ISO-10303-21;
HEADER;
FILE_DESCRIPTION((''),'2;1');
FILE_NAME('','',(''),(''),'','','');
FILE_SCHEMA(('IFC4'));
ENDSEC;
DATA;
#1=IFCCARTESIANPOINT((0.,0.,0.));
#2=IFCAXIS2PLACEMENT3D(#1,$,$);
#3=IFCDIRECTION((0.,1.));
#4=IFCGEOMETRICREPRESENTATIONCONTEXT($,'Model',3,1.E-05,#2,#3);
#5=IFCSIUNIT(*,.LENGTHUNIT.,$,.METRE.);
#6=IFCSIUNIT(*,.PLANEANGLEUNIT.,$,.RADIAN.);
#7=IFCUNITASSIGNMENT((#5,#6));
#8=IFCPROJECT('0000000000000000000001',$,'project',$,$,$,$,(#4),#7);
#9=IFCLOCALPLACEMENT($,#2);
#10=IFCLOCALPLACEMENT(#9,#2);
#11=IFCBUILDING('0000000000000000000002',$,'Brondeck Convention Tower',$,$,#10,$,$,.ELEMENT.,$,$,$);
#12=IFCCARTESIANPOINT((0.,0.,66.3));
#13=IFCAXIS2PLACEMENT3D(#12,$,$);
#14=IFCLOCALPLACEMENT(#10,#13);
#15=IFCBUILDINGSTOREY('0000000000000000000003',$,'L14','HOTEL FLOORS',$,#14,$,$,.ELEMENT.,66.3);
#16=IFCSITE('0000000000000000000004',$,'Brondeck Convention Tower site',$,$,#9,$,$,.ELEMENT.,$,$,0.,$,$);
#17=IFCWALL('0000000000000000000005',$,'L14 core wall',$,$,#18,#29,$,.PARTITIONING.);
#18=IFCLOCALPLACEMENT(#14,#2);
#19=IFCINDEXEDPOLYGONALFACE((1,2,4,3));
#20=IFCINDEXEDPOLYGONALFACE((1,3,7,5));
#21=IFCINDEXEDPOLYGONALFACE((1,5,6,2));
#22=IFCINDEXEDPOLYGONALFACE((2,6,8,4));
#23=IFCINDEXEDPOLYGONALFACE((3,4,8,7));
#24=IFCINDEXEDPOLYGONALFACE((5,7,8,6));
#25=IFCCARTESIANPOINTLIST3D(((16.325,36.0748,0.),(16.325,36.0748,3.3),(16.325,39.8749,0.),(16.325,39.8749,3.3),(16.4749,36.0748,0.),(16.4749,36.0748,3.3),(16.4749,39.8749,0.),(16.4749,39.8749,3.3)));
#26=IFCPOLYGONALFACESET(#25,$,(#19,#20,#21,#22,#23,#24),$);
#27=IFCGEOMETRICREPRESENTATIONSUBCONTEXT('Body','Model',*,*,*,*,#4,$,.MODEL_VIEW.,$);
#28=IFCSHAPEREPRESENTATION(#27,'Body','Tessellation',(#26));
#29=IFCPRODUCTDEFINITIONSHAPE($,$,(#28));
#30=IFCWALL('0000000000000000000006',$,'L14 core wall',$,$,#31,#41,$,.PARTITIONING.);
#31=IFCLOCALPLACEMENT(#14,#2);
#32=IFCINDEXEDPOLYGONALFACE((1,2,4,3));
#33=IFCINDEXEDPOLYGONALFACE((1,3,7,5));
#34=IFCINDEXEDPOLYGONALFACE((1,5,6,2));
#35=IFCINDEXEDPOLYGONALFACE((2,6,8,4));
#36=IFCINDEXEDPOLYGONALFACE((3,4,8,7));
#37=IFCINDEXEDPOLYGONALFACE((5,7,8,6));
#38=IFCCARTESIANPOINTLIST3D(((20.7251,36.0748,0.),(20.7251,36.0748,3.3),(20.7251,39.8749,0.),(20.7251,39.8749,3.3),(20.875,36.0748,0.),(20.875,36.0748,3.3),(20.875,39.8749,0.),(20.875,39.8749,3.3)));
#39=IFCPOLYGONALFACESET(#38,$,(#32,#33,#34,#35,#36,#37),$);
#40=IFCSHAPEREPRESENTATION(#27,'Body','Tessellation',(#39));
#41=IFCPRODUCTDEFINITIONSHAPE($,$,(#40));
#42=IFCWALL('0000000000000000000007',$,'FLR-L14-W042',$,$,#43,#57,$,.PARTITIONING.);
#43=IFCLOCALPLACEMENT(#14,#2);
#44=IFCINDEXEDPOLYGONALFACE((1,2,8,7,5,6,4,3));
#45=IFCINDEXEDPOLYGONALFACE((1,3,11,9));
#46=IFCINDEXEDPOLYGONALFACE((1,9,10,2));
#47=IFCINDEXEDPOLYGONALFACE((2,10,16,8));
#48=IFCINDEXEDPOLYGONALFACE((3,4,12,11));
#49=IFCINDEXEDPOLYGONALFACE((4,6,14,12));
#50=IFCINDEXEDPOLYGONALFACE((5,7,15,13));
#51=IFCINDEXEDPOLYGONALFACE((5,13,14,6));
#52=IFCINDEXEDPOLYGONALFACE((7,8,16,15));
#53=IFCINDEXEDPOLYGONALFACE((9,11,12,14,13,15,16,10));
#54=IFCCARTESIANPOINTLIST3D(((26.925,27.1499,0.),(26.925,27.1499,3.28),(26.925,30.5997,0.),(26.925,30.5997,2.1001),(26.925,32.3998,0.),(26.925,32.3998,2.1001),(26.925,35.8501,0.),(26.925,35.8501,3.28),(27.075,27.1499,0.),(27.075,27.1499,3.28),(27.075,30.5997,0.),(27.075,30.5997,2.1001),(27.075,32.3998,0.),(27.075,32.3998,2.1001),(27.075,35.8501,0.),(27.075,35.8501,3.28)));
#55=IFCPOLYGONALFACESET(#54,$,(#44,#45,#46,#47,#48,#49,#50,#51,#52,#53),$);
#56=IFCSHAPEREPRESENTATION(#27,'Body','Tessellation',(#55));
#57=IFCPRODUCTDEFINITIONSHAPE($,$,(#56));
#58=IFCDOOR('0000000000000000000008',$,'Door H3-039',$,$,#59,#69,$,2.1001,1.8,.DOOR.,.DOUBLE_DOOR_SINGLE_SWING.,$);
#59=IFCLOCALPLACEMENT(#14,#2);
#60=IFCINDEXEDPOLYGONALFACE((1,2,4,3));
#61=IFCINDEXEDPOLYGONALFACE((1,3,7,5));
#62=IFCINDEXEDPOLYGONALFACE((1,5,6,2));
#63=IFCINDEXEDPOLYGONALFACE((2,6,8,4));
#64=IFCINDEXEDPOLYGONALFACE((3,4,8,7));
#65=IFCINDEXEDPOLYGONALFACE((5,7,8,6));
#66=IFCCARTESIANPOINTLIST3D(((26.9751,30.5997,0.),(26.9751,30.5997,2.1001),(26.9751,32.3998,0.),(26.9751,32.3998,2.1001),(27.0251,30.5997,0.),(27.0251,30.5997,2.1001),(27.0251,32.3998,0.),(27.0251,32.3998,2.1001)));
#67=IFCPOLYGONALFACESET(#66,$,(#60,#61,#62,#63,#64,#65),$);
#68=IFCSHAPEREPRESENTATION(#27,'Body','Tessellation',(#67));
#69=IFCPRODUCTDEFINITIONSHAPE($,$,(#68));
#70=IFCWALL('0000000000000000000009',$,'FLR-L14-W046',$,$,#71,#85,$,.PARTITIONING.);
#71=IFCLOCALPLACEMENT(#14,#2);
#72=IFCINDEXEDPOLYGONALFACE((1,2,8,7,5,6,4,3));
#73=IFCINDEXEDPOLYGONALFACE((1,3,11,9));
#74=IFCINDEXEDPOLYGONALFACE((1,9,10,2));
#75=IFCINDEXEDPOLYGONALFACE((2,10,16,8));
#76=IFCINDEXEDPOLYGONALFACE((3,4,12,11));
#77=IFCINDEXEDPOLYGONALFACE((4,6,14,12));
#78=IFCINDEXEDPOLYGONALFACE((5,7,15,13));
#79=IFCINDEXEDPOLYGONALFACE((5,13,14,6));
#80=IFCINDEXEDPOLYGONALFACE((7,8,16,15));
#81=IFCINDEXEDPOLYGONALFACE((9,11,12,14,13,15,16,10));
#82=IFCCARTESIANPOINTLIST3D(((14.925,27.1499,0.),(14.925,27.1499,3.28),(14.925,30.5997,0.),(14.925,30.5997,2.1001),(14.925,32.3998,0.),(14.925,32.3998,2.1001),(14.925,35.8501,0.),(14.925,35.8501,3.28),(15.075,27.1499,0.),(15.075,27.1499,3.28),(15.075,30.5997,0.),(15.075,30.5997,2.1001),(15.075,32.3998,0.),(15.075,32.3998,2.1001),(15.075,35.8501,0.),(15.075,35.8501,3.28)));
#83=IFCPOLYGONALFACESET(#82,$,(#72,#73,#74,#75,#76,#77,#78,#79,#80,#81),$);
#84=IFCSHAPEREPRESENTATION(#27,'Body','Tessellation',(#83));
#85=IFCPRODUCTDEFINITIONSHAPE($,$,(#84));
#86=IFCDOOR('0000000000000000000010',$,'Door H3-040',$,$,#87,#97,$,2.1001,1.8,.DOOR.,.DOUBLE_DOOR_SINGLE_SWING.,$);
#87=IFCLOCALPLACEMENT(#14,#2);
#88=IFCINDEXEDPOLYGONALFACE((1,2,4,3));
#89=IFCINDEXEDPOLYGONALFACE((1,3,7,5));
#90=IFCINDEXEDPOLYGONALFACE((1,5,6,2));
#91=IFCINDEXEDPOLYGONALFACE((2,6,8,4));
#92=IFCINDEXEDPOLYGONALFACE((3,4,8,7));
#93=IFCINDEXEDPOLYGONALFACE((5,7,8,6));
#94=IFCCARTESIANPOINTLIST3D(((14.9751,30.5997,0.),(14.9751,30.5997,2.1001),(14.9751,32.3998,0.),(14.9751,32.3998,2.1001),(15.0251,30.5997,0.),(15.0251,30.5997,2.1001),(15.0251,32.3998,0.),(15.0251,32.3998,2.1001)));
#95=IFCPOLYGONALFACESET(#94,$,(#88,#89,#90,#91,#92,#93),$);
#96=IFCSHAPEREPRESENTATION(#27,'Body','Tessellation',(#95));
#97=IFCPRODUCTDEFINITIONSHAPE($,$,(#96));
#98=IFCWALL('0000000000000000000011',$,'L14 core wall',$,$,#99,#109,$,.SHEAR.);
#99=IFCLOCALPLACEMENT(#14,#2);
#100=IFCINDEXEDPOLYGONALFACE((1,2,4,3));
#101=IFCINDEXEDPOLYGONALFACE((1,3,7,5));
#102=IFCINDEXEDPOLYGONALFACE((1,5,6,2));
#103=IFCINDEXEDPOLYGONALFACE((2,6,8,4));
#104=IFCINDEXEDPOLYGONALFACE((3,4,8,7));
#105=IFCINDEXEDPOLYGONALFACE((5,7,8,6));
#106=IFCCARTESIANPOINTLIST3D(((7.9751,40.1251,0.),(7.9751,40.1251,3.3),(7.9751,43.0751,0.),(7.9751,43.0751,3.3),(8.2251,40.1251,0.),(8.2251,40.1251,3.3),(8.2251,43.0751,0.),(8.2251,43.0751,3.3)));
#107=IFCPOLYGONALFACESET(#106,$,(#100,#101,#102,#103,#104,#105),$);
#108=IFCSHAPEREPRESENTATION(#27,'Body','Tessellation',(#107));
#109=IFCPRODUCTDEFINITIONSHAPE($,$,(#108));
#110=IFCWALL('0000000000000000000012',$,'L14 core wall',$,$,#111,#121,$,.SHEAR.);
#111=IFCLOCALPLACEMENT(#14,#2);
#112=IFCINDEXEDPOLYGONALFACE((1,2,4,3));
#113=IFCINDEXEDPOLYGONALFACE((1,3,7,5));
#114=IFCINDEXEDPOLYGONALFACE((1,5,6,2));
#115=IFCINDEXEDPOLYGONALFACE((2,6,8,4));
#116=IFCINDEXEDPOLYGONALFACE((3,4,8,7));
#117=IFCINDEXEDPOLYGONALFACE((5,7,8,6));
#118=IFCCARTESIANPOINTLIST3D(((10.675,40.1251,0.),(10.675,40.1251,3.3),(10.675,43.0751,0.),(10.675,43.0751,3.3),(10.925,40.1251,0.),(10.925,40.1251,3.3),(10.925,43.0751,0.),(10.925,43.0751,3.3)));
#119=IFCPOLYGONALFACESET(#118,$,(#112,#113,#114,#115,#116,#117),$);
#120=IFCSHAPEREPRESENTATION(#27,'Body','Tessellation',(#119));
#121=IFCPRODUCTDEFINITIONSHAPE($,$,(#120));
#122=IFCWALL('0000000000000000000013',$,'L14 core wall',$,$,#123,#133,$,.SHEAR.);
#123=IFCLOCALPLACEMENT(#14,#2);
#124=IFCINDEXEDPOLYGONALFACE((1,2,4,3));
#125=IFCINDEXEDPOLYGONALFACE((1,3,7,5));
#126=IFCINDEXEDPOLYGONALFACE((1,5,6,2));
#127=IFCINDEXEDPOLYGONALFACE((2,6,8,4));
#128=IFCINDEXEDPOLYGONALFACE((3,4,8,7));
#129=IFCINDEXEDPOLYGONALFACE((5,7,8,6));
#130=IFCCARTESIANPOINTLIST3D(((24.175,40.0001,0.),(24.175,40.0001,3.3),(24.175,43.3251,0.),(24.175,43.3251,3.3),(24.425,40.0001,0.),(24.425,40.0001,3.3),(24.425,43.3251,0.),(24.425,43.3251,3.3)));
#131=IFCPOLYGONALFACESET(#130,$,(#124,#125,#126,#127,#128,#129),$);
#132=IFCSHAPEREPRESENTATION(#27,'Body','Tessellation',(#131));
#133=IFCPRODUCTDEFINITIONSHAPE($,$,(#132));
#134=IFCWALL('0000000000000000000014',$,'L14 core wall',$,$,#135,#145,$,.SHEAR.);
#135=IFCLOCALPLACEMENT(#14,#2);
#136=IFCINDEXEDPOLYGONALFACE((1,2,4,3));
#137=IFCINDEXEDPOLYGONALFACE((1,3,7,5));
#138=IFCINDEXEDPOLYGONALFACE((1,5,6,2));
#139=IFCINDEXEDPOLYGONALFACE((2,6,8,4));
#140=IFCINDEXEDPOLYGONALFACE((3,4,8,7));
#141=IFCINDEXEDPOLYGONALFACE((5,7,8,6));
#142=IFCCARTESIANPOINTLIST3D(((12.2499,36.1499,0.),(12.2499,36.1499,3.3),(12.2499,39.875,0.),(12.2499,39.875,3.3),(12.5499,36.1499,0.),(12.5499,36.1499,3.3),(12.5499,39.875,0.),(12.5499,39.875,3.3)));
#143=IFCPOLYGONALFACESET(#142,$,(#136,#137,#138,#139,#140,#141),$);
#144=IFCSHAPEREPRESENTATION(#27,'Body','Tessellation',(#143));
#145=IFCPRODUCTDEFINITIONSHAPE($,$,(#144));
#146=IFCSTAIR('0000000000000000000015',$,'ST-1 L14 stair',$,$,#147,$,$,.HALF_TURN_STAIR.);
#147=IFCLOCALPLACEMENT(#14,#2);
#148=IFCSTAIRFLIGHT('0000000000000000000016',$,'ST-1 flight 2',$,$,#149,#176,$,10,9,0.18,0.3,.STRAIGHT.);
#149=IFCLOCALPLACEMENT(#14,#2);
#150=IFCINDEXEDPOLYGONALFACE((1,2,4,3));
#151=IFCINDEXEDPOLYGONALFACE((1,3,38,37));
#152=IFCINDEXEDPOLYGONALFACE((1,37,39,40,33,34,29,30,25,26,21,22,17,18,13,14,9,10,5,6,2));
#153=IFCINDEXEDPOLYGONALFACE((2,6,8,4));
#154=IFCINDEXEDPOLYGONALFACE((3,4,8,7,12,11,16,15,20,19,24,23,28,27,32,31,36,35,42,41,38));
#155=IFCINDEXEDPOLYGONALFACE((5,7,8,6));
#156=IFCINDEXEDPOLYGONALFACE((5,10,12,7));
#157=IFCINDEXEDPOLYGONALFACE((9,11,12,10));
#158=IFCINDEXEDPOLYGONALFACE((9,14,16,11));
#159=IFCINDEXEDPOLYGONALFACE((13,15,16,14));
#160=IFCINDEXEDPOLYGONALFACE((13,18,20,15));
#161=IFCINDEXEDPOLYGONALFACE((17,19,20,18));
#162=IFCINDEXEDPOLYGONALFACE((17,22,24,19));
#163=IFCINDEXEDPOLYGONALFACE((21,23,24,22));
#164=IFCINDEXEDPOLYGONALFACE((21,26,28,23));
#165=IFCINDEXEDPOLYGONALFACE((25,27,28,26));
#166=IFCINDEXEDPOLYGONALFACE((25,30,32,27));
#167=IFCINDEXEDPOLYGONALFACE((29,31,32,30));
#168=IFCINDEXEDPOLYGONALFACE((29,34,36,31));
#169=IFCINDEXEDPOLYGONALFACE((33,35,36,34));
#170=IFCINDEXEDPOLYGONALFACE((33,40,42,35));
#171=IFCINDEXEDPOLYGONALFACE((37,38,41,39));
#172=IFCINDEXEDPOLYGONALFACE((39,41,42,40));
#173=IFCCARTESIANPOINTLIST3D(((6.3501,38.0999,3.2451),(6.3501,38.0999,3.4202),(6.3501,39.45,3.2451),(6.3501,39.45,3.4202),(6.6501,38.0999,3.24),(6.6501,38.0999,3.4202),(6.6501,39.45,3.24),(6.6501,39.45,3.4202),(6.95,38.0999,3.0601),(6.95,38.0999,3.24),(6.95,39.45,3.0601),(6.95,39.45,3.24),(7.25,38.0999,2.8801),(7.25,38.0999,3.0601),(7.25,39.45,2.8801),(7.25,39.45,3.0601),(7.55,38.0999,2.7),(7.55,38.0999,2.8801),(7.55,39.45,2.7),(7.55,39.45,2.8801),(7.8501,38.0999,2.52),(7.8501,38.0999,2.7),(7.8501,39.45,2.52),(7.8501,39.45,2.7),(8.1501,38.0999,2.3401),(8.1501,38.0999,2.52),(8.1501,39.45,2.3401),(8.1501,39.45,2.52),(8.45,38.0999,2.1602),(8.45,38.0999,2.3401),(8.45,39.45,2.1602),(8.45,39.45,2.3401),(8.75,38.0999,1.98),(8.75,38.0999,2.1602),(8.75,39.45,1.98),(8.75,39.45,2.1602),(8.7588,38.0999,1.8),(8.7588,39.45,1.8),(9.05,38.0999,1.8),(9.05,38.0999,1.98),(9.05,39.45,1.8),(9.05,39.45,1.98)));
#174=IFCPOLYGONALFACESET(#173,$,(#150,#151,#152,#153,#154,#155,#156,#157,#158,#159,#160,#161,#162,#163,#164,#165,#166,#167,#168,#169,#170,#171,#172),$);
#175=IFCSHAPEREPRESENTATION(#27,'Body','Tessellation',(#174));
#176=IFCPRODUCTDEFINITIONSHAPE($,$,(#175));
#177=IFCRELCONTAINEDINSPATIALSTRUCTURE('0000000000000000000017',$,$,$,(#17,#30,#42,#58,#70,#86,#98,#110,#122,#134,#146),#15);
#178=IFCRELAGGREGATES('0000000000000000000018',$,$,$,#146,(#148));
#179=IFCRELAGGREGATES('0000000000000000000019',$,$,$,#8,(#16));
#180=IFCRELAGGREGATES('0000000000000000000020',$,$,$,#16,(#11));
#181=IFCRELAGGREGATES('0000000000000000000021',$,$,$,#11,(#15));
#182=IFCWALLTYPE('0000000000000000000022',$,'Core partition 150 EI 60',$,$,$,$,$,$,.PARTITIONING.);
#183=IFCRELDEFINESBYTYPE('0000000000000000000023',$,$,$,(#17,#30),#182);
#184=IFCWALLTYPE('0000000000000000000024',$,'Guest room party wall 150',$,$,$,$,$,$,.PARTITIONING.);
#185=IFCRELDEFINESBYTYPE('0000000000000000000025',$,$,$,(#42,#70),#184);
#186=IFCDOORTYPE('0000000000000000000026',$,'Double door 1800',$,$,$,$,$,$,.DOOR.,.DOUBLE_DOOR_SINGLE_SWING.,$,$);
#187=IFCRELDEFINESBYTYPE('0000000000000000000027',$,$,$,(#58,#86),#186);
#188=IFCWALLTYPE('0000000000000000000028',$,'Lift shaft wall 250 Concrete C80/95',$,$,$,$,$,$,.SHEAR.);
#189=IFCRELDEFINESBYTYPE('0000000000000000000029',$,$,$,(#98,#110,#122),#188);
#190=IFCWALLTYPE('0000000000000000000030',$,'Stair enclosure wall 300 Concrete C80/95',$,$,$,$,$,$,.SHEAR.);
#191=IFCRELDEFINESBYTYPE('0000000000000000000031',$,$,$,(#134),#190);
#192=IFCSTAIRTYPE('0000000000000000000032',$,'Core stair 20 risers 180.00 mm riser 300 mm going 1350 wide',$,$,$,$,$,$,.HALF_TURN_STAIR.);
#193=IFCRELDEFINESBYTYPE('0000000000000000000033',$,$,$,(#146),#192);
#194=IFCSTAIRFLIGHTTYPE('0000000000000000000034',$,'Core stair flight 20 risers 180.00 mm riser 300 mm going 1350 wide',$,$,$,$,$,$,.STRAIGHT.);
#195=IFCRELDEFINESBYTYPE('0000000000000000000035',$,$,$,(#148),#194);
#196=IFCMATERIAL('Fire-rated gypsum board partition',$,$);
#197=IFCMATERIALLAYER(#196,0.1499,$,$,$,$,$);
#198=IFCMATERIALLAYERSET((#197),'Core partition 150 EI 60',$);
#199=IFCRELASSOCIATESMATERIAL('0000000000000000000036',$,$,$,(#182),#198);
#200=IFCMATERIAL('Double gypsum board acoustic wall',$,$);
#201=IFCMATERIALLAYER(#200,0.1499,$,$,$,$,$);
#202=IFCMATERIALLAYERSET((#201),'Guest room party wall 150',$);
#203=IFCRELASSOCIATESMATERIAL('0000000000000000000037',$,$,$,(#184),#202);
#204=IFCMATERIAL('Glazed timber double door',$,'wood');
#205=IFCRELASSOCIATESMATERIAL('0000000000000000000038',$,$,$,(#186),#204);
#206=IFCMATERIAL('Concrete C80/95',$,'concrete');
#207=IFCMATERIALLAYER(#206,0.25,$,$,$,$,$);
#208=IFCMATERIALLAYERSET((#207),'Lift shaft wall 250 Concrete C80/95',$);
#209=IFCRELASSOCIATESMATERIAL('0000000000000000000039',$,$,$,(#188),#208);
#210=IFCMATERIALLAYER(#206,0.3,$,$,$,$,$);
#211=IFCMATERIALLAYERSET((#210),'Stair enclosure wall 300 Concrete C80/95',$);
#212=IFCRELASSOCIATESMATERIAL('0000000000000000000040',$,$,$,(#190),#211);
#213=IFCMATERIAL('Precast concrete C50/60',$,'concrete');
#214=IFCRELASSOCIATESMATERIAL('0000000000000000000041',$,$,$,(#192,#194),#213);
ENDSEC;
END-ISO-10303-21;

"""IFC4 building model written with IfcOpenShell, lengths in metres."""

from ifc_helpers import new_model, si_unit, direction, frame, frame_2d, origin, place, context, subcontext, project, spatial, polyline, rectangle, outline, extrude, material, layer, layer_set, type_object, element, fill, aggregate, save


model = new_model("IFC4")

# Units and contexts
model_context = context("Model", 3, precision=1e-05, world=origin(), true_north=direction((0.0, 1.0)))
body_context = subcontext(model_context, "Body", "Model", "MODEL_VIEW")
ifc_project = project(units=[si_unit("LENGTHUNIT", "METRE"), si_unit("PLANEANGLEUNIT", "RADIAN")], contexts=[model_context])

# Site, building, storey
site_placement = place(None, origin())
site = spatial("IfcSite", under=ifc_project, at=site_placement, Name="Brondeck Convention Tower site", CompositionType="ELEMENT", RefElevation=0.0)
building_placement = place(site_placement, origin())
building = spatial("IfcBuilding", under=site, at=building_placement, Name="Brondeck Convention Tower", CompositionType="ELEMENT")
storey_placement = place(building_placement, frame((0.0, 0.0, 66.3)))
storey = spatial("IfcBuildingStorey", under=building, at=storey_placement, Name="L14", Description="HOTEL FLOORS", CompositionType="ELEMENT", Elevation=66.3)

# Shared definitions
ifc_material_1 = material(Name="Concrete C80/95", Category="concrete")

# Walls
ifc_material_2 = material(Name="Fire-rated gypsum board partition")
ifc_layer_1 = layer(ifc_material_2, 0.1499)
ifc_layer_set_1 = layer_set([ifc_layer_1], Name="Core partition 150 EI 60")
wall_type_1 = type_object("IfcWallType", Name="Core partition 150 EI 60", PredefinedType="PARTITIONING", material=ifc_layer_set_1)
for number, where, z_axis, x_axis, name in (
    (1, (16.3999, 36.075, 0.0), (0.0, 0.0, 1.0), (0.0, 1.0, 0.0), "L14 core wall"),
    (2, (20.8, 36.075, 0.0), (0.0, 0.0, 1.0), (0.0, 1.0, 0.0), "L14 core wall"),
):
    element("IfcWall", number, at=place(storey_placement, frame(where, z_axis=z_axis, x_axis=x_axis)), inside=storey, type_object=wall_type_1, Name=name, PredefinedType="PARTITIONING", context=body_context, shape_type="SweptSolid", body=[
        extrude(rectangle(XDim=3.8, YDim=0.1499, at=frame_2d((1.8999, 0.0))), origin(), (0.0, 0.0, 1.0), 3.3),
    ])

# Walls, openings, doors
ifc_material_3 = material(Name="Double gypsum board acoustic wall")
ifc_layer_2 = layer(ifc_material_3, 0.1499)
ifc_layer_set_2 = layer_set([ifc_layer_2], Name="Guest room party wall 150")
wall_type_2 = type_object("IfcWallType", Name="Guest room party wall 150", PredefinedType="PARTITIONING", material=ifc_layer_set_2)
wall_1_placement = place(storey_placement, frame((27.0, 27.1499, 0.0), z_axis=(0.0, 0.0, 1.0), x_axis=(0.0, 1.0, 0.0)))
wall_1 = element("IfcWall", 3, at=wall_1_placement, inside=storey, type_object=wall_type_2, Name="FLR-L14-W042", PredefinedType="PARTITIONING", context=body_context, shape_type="SweptSolid", body=[
    extrude(rectangle(XDim=8.7002, YDim=0.1499, at=frame_2d((4.3501, 0.0))), origin(), (0.0, 0.0, 1.0), 3.28),
])
opening_1_placement = place(wall_1_placement, frame((3.45, 0.0, 0.0)))
opening_1 = element("IfcOpeningElement", 4, at=opening_1_placement, cuts=wall_1, PredefinedType="OPENING", context=body_context, shape_type="SweptSolid", body=[
    extrude(rectangle(XDim=1.8, YDim=2.1001, at=frame_2d((0.8999, 1.05))), frame((0.0, 0.085, 0.0), z_axis=(0.0, -1.0, 0.0), x_axis=(1.0, 0.0, 0.0)), (0.0, 0.0, 1.0), 0.1699),
])
ifc_material_4 = material(Name="Glazed timber double door", Category="wood")
door_type_1 = type_object("IfcDoorType", Name="Double door 1800", OperationType="DOUBLE_DOOR_SINGLE_SWING", PredefinedType="DOOR", material=ifc_material_4)
door_1_placement = place(opening_1_placement, origin())
door_1 = element("IfcDoor", 5, at=door_1_placement, inside=storey, type_object=door_type_1, Name="Door H3-039", OperationType="DOUBLE_DOOR_SINGLE_SWING", OverallHeight=2.1001, OverallWidth=1.8, PredefinedType="DOOR", context=body_context, shape_type="SweptSolid", body=[
    extrude(rectangle(XDim=1.8, YDim=2.1001, at=frame_2d((0.8999, 1.05))), frame((0.0, 0.0249, 0.0), z_axis=(0.0, -1.0, 0.0), x_axis=(1.0, 0.0, 0.0)), (0.0, 0.0, 1.0), 0.05),
])
fill(opening_1, door_1)
wall_2_placement = place(storey_placement, frame((15.0, 27.1499, 0.0), z_axis=(0.0, 0.0, 1.0), x_axis=(0.0, 1.0, 0.0)))
wall_2 = element("IfcWall", 6, at=wall_2_placement, inside=storey, type_object=wall_type_2, Name="FLR-L14-W046", PredefinedType="PARTITIONING", context=body_context, shape_type="SweptSolid", body=[
    extrude(rectangle(XDim=8.7002, YDim=0.1499, at=frame_2d((4.3501, 0.0))), origin(), (0.0, 0.0, 1.0), 3.28),
])
opening_2_placement = place(wall_2_placement, frame((3.45, 0.0, 0.0)))
opening_2 = element("IfcOpeningElement", 7, at=opening_2_placement, cuts=wall_2, PredefinedType="OPENING", context=body_context, shape_type="SweptSolid", body=[
    extrude(rectangle(XDim=1.8, YDim=2.1001, at=frame_2d((0.8999, 1.05))), frame((0.0, 0.085, 0.0), z_axis=(0.0, -1.0, 0.0), x_axis=(1.0, 0.0, 0.0)), (0.0, 0.0, 1.0), 0.1699),
])
door_2_placement = place(opening_2_placement, origin())
door_2 = element("IfcDoor", 8, at=door_2_placement, inside=storey, type_object=door_type_1, Name="Door H3-040", OperationType="DOUBLE_DOOR_SINGLE_SWING", OverallHeight=2.1001, OverallWidth=1.8, PredefinedType="DOOR", context=body_context, shape_type="SweptSolid", body=[
    extrude(rectangle(XDim=1.8, YDim=2.1001, at=frame_2d((0.8999, 1.05))), frame((0.0, 0.0249, 0.0), z_axis=(0.0, -1.0, 0.0), x_axis=(1.0, 0.0, 0.0)), (0.0, 0.0, 1.0), 0.05),
])
fill(opening_2, door_2)

# Walls
ifc_layer_3 = layer(ifc_material_1, 0.25)
ifc_layer_set_3 = layer_set([ifc_layer_3], Name="Lift shaft wall 250 Concrete C80/95")
wall_type_3 = type_object("IfcWallType", Name="Lift shaft wall 250 Concrete C80/95", PredefinedType="SHEAR", material=ifc_layer_set_3)
for number, where, z_axis, x_axis, name in (
    (9, (8.1001, 40.125, 0.0), (0.0, 0.0, 1.0), (0.0, 1.0, 0.0), "L14 core wall"),
    (10, (10.8, 40.125, 0.0), (0.0, 0.0, 1.0), (0.0, 1.0, 0.0), "L14 core wall"),
):
    element("IfcWall", number, at=place(storey_placement, frame(where, z_axis=z_axis, x_axis=x_axis)), inside=storey, type_object=wall_type_3, Name=name, PredefinedType="SHEAR", context=body_context, shape_type="SweptSolid", body=[
        extrude(rectangle(XDim=2.95, YDim=0.25, at=frame_2d((1.4751, 0.0))), origin(), (0.0, 0.0, 1.0), 3.3),
    ])
wall_3_placement = place(storey_placement, frame((24.3, 40.0, 0.0), z_axis=(0.0, 0.0, 1.0), x_axis=(0.0, 1.0, 0.0)))
element("IfcWall", 11, at=wall_3_placement, inside=storey, type_object=wall_type_3, Name="L14 core wall", PredefinedType="SHEAR", context=body_context, shape_type="SweptSolid", body=[
    extrude(rectangle(XDim=3.325, YDim=0.25, at=frame_2d((1.6626, 0.0))), origin(), (0.0, 0.0, 1.0), 3.3),
])
ifc_layer_4 = layer(ifc_material_1, 0.3)
ifc_layer_set_4 = layer_set([ifc_layer_4], Name="Stair enclosure wall 300 Concrete C80/95")
wall_type_4 = type_object("IfcWallType", Name="Stair enclosure wall 300 Concrete C80/95", PredefinedType="SHEAR", material=ifc_layer_set_4)
wall_4_placement = place(storey_placement, frame((12.3999, 36.1499, 0.0), z_axis=(0.0, 0.0, 1.0), x_axis=(0.0, 1.0, 0.0)))
element("IfcWall", 12, at=wall_4_placement, inside=storey, type_object=wall_type_4, Name="L14 core wall", PredefinedType="SHEAR", context=body_context, shape_type="SweptSolid", body=[
    extrude(rectangle(XDim=3.7251, YDim=0.3, at=frame_2d((1.8625, 0.0))), origin(), (0.0, 0.0, 1.0), 3.3),
])

# Stair, stair flight
ifc_material_5 = material(Name="Precast concrete C50/60", Category="concrete")
stair_type = type_object("IfcStairType", Name="Core stair 20 risers 180.00 mm riser 300 mm going 1350 wide", PredefinedType="HALF_TURN_STAIR", material=ifc_material_5)
stair_placement = place(storey_placement, origin())
stair = element("IfcStair", 13, at=stair_placement, inside=storey, type_object=stair_type, Name="ST-1 L14 stair", PredefinedType="HALF_TURN_STAIR")
stair_flight_type = type_object("IfcStairFlightType", Name="Core stair flight 20 risers 180.00 mm riser 300 mm going 1350 wide", PredefinedType="STRAIGHT", material=ifc_material_5)
stair_flight_placement = place(storey_placement, frame((9.05, 38.7749, 1.8), z_axis=(0.0, 0.0, 1.0), x_axis=(-1.0, 0.0, 0.0)))
stair_flight = element("IfcStairFlight", 14, at=stair_flight_placement, type_object=stair_flight_type, Name="ST-1 flight 2", NumberOfRisers=10, NumberOfTreads=9, PredefinedType="STRAIGHT", RiserHeight=0.18, TreadLength=0.3, context=body_context, shape_type="SweptSolid", body=[
    extrude(outline(polyline([(0.0, 0.0), (0.0, 0.1799), (0.3, 0.1799), (0.3, 0.3601), (0.6001, 0.3601), (0.6001, 0.54), (0.8999, 0.54), (0.8999, 0.72), (1.2, 0.72), (1.2, 0.8999), (1.5, 0.8999), (1.5, 1.0801), (1.8, 1.0801), (1.8, 1.26), (2.1001, 1.26), (2.1001, 1.4399), (2.3999, 1.4399), (2.3999, 1.6201), (2.7, 1.6201), (2.7, 1.8), (2.7, 1.4451), (0.2913, 0.0), (0.0, 0.0)])), frame((0.0, 0.675, 0.0), z_axis=(0.0, -1.0, 0.0), x_axis=(1.0, 0.0, 0.0)), (0.0, 0.0, 1.0), 1.3501),
])
aggregate(stair, [stair_flight])

save(model, "model.ifc")
